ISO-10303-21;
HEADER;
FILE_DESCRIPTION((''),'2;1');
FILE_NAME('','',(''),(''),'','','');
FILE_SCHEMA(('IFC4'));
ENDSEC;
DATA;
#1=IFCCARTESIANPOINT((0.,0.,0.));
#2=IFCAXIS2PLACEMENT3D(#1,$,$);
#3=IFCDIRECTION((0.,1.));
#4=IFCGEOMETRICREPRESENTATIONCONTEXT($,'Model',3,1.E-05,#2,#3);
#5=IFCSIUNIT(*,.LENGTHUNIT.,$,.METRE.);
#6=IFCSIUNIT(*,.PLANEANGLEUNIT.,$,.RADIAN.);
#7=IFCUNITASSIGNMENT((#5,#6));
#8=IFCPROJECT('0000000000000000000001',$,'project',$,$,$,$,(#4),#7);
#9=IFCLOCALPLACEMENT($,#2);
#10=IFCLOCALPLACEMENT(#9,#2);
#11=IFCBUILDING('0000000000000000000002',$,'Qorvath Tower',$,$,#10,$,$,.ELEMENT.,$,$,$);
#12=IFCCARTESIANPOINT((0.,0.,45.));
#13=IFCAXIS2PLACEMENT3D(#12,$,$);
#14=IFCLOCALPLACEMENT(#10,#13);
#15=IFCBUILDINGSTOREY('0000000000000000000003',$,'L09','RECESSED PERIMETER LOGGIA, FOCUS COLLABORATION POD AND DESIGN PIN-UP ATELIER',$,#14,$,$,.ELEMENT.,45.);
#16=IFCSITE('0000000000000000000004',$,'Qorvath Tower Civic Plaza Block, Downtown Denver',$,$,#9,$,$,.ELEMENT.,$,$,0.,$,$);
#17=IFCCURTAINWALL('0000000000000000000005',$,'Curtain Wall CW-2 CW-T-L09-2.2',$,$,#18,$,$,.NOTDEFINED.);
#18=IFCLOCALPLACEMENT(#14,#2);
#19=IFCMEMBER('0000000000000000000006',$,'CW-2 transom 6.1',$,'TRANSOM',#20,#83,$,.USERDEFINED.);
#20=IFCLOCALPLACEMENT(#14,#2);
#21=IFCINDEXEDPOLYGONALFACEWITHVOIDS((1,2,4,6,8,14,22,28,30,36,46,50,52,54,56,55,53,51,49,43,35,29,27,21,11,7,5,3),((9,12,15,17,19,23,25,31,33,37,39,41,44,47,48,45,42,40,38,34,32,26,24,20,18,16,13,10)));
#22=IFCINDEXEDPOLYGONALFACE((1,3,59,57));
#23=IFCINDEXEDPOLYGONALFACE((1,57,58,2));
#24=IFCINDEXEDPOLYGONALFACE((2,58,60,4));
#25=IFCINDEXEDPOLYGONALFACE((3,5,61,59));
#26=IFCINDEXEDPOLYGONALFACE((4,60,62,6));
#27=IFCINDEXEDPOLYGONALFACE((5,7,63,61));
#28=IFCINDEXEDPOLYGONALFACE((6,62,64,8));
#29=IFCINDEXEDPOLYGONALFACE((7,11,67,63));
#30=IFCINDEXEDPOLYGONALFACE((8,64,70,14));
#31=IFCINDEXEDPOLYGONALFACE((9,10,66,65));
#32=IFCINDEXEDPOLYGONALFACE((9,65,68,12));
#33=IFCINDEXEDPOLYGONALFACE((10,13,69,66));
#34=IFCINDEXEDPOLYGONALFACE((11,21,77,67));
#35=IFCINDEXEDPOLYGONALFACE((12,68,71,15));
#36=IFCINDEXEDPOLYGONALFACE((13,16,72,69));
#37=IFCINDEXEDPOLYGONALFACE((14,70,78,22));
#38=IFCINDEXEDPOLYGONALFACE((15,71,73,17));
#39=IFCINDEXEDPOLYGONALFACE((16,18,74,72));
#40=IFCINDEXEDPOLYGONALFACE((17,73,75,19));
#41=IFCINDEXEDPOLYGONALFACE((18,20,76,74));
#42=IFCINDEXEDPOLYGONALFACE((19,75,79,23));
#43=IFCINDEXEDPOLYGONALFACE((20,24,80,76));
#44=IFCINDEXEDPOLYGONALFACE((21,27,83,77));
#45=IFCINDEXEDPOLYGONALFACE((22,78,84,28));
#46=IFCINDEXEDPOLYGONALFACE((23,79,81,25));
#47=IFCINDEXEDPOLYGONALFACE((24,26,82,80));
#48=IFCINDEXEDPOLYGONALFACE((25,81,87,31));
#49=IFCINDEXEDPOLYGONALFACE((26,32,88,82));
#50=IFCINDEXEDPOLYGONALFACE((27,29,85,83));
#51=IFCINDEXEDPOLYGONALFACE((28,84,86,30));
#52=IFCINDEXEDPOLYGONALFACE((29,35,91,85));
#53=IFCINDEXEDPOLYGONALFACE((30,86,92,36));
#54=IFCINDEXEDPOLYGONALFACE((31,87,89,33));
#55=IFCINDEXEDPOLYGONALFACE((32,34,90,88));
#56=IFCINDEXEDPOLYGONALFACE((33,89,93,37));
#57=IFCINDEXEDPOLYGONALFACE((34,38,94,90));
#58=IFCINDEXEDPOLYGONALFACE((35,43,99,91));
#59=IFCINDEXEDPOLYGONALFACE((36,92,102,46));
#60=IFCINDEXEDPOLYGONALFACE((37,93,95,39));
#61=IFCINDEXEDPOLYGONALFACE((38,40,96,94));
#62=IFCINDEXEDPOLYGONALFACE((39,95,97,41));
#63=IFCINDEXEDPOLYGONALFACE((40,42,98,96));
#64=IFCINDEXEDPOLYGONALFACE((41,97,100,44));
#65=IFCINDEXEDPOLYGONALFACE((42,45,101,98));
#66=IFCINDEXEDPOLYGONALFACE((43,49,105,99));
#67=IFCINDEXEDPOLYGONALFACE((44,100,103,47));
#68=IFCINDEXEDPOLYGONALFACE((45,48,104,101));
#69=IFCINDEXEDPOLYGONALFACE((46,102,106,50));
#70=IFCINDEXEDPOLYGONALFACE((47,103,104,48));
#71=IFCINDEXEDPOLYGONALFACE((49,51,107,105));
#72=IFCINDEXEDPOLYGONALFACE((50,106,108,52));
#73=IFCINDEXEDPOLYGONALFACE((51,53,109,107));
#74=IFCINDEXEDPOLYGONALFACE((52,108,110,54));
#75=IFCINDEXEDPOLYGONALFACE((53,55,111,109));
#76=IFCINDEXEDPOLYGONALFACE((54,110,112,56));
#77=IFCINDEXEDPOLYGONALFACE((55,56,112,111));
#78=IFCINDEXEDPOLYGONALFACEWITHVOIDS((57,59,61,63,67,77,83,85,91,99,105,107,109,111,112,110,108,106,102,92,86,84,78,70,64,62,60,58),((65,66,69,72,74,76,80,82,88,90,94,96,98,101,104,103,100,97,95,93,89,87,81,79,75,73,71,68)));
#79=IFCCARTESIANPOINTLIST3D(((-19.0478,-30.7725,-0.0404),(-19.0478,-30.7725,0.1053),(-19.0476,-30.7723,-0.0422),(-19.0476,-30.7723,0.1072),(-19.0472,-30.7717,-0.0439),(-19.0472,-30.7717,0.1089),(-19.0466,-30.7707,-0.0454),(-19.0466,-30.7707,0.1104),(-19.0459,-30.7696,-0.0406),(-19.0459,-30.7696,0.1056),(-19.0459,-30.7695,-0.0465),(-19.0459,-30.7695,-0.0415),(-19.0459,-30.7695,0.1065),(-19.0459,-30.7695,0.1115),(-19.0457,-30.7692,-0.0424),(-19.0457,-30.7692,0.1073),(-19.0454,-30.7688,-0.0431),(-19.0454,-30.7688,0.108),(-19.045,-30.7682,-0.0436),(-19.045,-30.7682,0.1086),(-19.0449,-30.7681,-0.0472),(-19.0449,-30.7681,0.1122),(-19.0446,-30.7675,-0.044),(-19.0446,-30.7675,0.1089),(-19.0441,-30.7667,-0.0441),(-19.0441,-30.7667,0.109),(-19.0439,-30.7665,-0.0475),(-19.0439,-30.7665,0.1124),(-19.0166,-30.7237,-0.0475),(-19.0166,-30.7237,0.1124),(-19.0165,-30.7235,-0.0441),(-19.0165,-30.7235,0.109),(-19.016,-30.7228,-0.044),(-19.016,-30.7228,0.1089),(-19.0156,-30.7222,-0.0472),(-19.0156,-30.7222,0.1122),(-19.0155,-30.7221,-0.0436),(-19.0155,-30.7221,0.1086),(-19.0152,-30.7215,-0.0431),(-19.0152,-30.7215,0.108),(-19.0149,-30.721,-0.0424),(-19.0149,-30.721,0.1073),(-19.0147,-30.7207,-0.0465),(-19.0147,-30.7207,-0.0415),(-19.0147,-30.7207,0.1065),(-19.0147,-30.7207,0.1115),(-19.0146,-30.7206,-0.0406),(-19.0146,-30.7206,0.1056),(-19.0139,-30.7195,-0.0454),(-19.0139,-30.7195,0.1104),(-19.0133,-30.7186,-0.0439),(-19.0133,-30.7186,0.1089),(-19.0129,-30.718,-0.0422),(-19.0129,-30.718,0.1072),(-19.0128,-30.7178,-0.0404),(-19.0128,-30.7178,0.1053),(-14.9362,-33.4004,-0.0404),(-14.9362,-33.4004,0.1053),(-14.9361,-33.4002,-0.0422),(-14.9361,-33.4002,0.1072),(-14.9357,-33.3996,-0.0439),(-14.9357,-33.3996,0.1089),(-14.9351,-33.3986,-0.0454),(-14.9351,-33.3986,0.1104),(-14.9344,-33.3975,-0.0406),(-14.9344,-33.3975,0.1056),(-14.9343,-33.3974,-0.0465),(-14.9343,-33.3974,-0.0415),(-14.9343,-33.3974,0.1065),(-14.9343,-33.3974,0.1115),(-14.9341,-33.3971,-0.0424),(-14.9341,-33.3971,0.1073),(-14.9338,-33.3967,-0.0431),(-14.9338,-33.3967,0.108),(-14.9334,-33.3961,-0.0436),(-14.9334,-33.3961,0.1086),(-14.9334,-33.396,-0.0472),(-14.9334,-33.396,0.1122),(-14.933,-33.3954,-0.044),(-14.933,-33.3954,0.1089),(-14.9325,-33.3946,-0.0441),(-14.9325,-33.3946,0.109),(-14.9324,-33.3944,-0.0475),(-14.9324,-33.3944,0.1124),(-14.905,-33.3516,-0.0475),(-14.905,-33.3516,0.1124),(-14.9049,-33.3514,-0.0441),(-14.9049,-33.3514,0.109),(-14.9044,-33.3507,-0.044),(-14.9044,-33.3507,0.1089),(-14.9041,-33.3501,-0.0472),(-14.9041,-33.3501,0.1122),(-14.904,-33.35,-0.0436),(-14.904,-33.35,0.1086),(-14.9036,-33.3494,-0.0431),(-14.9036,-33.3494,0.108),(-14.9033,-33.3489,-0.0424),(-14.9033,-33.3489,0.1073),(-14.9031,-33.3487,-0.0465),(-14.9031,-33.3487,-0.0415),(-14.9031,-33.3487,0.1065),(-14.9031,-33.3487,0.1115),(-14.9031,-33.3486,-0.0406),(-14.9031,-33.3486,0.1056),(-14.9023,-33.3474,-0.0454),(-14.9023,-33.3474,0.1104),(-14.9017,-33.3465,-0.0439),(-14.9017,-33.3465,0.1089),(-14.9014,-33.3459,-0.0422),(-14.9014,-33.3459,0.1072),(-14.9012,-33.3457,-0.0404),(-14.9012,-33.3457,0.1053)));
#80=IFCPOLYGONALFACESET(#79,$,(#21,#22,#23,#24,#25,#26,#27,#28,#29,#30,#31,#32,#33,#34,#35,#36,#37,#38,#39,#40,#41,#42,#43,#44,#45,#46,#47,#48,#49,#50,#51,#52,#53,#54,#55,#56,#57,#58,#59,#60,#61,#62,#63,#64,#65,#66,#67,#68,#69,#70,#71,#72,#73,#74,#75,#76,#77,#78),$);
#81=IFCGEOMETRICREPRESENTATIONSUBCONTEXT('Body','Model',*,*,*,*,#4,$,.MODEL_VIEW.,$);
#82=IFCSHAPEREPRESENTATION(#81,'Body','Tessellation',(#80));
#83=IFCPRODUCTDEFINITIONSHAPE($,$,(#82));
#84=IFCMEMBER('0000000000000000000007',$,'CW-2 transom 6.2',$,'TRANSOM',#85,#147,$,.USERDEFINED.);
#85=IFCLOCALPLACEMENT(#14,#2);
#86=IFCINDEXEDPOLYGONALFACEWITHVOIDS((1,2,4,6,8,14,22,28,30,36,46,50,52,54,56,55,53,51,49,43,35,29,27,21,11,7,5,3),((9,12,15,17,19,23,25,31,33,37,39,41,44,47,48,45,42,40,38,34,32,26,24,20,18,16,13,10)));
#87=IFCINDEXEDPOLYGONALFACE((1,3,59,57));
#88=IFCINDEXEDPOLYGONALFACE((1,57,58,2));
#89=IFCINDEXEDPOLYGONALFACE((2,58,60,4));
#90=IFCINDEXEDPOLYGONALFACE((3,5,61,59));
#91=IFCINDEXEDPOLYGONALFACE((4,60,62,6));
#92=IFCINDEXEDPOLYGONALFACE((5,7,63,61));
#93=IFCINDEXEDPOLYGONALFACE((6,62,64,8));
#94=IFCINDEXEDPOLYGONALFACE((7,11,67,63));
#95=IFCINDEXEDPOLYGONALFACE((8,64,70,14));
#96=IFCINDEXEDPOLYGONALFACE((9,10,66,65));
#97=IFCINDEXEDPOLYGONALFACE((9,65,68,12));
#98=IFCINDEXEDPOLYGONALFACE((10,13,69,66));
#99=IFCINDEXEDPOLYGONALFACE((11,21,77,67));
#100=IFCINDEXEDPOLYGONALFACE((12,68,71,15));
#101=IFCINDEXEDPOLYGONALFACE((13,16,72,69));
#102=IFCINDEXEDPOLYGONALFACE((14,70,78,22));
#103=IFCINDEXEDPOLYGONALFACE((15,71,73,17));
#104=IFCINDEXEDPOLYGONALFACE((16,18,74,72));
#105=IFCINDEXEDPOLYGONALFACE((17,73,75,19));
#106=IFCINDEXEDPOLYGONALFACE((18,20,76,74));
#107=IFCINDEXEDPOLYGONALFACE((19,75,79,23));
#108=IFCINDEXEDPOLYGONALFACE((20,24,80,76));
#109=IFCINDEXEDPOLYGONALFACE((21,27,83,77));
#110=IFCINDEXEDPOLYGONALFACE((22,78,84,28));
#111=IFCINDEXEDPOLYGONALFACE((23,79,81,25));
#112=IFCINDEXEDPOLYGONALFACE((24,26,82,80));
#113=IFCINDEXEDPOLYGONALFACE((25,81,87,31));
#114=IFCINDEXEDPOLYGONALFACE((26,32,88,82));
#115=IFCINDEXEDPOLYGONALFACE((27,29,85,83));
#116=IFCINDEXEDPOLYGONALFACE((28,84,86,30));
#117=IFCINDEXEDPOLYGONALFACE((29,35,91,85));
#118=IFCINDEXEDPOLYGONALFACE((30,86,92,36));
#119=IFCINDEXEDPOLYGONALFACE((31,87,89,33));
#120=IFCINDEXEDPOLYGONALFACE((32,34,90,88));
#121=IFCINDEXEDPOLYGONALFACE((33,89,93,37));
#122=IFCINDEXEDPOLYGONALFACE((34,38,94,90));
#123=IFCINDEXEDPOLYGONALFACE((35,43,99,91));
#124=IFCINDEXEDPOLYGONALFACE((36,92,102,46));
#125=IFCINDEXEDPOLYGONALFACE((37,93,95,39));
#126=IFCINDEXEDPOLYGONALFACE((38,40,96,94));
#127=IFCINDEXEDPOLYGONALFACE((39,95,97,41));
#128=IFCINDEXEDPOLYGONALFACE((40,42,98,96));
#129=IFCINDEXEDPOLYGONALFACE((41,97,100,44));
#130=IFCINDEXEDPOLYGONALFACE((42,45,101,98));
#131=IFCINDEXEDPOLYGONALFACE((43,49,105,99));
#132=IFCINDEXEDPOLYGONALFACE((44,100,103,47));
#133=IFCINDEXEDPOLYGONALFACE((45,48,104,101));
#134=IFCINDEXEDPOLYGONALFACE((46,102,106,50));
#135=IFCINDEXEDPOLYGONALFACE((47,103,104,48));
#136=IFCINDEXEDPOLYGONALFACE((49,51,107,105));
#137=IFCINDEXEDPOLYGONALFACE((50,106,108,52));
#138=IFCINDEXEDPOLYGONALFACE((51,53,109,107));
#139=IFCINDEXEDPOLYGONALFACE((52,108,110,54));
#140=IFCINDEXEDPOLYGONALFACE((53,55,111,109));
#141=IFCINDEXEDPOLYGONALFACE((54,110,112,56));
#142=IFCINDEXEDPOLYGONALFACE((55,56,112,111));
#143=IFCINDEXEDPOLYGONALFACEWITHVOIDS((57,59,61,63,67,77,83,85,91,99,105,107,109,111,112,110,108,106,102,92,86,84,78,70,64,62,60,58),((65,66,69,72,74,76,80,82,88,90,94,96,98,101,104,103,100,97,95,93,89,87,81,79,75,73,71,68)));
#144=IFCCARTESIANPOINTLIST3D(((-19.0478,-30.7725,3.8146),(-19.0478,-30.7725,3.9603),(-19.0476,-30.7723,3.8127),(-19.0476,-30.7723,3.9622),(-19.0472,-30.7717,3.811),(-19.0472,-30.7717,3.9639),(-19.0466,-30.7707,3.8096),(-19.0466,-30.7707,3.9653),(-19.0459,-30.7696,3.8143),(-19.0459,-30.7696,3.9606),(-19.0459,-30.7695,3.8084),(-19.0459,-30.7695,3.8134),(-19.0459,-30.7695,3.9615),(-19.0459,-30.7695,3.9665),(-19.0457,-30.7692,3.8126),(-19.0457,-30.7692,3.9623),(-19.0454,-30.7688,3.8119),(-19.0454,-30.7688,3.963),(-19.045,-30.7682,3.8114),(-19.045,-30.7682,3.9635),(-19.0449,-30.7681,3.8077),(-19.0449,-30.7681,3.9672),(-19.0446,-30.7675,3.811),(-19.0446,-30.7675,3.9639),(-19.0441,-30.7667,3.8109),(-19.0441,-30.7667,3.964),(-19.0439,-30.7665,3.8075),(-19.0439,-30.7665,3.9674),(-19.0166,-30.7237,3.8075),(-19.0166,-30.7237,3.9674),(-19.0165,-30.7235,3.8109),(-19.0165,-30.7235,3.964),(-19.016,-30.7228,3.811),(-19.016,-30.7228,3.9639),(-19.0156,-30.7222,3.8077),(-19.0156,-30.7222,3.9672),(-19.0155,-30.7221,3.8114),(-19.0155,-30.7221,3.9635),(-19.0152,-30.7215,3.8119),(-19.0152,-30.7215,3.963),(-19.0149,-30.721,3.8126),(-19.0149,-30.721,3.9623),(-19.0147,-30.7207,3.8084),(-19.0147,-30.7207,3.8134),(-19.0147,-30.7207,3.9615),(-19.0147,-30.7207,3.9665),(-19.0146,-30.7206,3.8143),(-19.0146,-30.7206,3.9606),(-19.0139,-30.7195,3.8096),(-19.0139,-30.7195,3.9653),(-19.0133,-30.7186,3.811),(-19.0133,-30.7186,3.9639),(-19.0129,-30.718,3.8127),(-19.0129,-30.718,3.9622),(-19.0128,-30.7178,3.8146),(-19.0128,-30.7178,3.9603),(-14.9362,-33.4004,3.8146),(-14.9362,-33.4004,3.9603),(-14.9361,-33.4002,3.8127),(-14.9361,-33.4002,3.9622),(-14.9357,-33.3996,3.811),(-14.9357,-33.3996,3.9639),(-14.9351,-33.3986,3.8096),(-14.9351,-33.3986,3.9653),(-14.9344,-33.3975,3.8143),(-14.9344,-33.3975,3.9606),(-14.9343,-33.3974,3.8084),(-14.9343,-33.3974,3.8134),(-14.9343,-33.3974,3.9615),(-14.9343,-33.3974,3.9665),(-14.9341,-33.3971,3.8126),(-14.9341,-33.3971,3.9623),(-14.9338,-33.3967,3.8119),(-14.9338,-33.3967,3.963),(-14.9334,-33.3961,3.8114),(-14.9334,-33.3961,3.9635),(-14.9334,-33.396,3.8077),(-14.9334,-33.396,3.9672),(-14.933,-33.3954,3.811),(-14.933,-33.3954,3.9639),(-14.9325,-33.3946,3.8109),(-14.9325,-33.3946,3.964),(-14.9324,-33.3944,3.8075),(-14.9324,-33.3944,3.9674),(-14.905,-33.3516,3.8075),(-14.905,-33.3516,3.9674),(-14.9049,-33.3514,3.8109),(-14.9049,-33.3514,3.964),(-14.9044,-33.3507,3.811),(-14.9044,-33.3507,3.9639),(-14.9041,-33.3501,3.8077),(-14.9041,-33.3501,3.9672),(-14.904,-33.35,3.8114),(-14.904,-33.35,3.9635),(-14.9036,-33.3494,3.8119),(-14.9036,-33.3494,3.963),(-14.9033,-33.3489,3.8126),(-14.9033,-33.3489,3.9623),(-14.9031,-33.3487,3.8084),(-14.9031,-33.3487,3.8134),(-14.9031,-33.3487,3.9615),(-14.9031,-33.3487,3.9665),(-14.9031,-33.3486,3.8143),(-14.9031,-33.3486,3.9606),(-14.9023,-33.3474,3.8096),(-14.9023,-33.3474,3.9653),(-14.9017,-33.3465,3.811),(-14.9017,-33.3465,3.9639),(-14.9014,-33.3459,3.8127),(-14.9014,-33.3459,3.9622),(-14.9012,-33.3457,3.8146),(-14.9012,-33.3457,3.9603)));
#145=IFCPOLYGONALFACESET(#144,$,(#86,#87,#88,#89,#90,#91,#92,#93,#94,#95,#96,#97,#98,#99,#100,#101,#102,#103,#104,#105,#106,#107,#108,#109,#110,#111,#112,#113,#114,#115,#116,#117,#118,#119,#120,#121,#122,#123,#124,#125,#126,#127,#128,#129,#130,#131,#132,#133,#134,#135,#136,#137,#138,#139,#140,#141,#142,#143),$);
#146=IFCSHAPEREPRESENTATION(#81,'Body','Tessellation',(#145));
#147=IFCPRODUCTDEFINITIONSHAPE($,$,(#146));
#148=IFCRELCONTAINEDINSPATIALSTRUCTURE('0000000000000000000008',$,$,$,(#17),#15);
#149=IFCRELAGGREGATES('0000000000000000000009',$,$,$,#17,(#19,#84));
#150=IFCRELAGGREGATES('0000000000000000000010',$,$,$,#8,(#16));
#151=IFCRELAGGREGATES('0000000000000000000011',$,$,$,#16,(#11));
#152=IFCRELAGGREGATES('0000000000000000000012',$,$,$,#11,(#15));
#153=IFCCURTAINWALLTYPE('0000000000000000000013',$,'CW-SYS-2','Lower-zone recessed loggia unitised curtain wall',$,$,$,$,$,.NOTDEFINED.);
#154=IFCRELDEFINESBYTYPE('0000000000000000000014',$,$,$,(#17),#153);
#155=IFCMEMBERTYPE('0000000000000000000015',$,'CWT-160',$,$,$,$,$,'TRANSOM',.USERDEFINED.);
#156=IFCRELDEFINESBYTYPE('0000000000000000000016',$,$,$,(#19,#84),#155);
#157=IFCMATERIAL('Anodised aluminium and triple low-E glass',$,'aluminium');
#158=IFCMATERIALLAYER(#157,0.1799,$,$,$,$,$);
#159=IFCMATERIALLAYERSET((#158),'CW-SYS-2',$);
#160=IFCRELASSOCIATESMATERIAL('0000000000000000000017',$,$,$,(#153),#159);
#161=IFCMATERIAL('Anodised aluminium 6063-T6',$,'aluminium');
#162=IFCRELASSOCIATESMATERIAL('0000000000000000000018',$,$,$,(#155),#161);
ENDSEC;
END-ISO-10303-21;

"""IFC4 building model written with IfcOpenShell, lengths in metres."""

from ifc_helpers import new_model, si_unit, direction, frame, origin, origin_2d, place, context, subcontext, project, spatial, hollow_rectangle, extrude, material, layer, layer_set, material_profile, profile_set, type_object, element, aggregate, save


model = new_model("IFC4")

# Units and contexts
model_context = context("Model", 3, precision=1e-05, world=origin(), true_north=direction((0.0, 1.0)))
body_context = subcontext(model_context, "Body", "Model", "MODEL_VIEW")
ifc_project = project(units=[si_unit("LENGTHUNIT", "METRE"), si_unit("PLANEANGLEUNIT", "RADIAN")], contexts=[model_context])

# Site, building, storey
site_placement = place(None, origin())
site = spatial("IfcSite", under=ifc_project, at=site_placement, Name="Qorvath Tower Civic Plaza Block, Downtown Denver", CompositionType="ELEMENT", RefElevation=0.0)
building_placement = place(site_placement, origin())
building = spatial("IfcBuilding", under=site, at=building_placement, Name="Qorvath Tower", CompositionType="ELEMENT")
storey_placement = place(building_placement, frame((0.0, 0.0, 45.0)))
storey = spatial("IfcBuildingStorey", under=building, at=storey_placement, Name="L09", Description="RECESSED PERIMETER LOGGIA, FOCUS COLLABORATION POD AND DESIGN PIN-UP ATELIER", CompositionType="ELEMENT", Elevation=45.0)

# Curtain wall
ifc_material_1 = material(Name="Anodised aluminium and triple low-E glass", Category="aluminium")
ifc_layer_1 = layer(ifc_material_1, 0.1799)
ifc_layer_set_1 = layer_set([ifc_layer_1], Name="CW-SYS-2")
curtain_wall_type = type_object("IfcCurtainWallType", Name="CW-SYS-2", Description="Lower-zone recessed loggia unitised curtain wall", PredefinedType="NOTDEFINED", material=ifc_layer_set_1)
curtain_wall_1_placement = place(storey_placement, origin())
curtain_wall_1 = element("IfcCurtainWall", 1, at=curtain_wall_1_placement, inside=storey, type_object=curtain_wall_type, Name="Curtain Wall CW-2 CW-T-L09-2.2", PredefinedType="NOTDEFINED")

# Members
ifc_material_2 = material(Name="Anodised aluminium 6063-T6", Category="aluminium")
ifc_material_profile_1 = material_profile(ifc_material_2, hollow_rectangle(XDim=0.0649, YDim=0.1599, WallThickness=0.0034, InnerFilletRadius=0.0034, OuterFilletRadius=0.0071, at=origin_2d()), Name="CWT 160x65")
ifc_profile_set_1 = profile_set([ifc_material_profile_1], Name="Anodised aluminium 6063-T6")
member_type_1 = type_object("IfcMemberType", Name="CWT-160", ElementType="TRANSOM", PredefinedType="USERDEFINED", material=ifc_profile_set_1)
member_1_placement = place(storey_placement, frame((-19.0303, -30.7451, 0.0325), z_axis=(0.842595, -0.538548, 0.0), x_axis=(0.538548, 0.842595, 0.0)))
member_1 = element("IfcMember", 2, at=member_1_placement, type_object=member_type_1, Name="CW-2 transom 6.1", ObjectType="TRANSOM", PredefinedType="USERDEFINED", context=body_context, shape_type="SweptSolid", body=[
    extrude(hollow_rectangle(XDim=0.0649, YDim=0.1599, WallThickness=0.0034, InnerFilletRadius=0.0034, OuterFilletRadius=0.0071, at=origin_2d()), origin(), (0.0, 0.0, 1.0), 4.8796),
])
member_2_placement = place(storey_placement, frame((-19.0303, -30.7451, 3.8875), z_axis=(0.842595, -0.538548, 0.0), x_axis=(0.538548, 0.842595, 0.0)))
member_2 = element("IfcMember", 3, at=member_2_placement, type_object=member_type_1, Name="CW-2 transom 6.2", ObjectType="TRANSOM", PredefinedType="USERDEFINED", context=body_context, shape_type="SweptSolid", body=[
    extrude(hollow_rectangle(XDim=0.0649, YDim=0.1599, WallThickness=0.0034, InnerFilletRadius=0.0034, OuterFilletRadius=0.0071, at=origin_2d()), origin(), (0.0, 0.0, 1.0), 4.8796),
])

aggregate(curtain_wall_1, [member_1, member_2])

save(model, "model.ifc")
